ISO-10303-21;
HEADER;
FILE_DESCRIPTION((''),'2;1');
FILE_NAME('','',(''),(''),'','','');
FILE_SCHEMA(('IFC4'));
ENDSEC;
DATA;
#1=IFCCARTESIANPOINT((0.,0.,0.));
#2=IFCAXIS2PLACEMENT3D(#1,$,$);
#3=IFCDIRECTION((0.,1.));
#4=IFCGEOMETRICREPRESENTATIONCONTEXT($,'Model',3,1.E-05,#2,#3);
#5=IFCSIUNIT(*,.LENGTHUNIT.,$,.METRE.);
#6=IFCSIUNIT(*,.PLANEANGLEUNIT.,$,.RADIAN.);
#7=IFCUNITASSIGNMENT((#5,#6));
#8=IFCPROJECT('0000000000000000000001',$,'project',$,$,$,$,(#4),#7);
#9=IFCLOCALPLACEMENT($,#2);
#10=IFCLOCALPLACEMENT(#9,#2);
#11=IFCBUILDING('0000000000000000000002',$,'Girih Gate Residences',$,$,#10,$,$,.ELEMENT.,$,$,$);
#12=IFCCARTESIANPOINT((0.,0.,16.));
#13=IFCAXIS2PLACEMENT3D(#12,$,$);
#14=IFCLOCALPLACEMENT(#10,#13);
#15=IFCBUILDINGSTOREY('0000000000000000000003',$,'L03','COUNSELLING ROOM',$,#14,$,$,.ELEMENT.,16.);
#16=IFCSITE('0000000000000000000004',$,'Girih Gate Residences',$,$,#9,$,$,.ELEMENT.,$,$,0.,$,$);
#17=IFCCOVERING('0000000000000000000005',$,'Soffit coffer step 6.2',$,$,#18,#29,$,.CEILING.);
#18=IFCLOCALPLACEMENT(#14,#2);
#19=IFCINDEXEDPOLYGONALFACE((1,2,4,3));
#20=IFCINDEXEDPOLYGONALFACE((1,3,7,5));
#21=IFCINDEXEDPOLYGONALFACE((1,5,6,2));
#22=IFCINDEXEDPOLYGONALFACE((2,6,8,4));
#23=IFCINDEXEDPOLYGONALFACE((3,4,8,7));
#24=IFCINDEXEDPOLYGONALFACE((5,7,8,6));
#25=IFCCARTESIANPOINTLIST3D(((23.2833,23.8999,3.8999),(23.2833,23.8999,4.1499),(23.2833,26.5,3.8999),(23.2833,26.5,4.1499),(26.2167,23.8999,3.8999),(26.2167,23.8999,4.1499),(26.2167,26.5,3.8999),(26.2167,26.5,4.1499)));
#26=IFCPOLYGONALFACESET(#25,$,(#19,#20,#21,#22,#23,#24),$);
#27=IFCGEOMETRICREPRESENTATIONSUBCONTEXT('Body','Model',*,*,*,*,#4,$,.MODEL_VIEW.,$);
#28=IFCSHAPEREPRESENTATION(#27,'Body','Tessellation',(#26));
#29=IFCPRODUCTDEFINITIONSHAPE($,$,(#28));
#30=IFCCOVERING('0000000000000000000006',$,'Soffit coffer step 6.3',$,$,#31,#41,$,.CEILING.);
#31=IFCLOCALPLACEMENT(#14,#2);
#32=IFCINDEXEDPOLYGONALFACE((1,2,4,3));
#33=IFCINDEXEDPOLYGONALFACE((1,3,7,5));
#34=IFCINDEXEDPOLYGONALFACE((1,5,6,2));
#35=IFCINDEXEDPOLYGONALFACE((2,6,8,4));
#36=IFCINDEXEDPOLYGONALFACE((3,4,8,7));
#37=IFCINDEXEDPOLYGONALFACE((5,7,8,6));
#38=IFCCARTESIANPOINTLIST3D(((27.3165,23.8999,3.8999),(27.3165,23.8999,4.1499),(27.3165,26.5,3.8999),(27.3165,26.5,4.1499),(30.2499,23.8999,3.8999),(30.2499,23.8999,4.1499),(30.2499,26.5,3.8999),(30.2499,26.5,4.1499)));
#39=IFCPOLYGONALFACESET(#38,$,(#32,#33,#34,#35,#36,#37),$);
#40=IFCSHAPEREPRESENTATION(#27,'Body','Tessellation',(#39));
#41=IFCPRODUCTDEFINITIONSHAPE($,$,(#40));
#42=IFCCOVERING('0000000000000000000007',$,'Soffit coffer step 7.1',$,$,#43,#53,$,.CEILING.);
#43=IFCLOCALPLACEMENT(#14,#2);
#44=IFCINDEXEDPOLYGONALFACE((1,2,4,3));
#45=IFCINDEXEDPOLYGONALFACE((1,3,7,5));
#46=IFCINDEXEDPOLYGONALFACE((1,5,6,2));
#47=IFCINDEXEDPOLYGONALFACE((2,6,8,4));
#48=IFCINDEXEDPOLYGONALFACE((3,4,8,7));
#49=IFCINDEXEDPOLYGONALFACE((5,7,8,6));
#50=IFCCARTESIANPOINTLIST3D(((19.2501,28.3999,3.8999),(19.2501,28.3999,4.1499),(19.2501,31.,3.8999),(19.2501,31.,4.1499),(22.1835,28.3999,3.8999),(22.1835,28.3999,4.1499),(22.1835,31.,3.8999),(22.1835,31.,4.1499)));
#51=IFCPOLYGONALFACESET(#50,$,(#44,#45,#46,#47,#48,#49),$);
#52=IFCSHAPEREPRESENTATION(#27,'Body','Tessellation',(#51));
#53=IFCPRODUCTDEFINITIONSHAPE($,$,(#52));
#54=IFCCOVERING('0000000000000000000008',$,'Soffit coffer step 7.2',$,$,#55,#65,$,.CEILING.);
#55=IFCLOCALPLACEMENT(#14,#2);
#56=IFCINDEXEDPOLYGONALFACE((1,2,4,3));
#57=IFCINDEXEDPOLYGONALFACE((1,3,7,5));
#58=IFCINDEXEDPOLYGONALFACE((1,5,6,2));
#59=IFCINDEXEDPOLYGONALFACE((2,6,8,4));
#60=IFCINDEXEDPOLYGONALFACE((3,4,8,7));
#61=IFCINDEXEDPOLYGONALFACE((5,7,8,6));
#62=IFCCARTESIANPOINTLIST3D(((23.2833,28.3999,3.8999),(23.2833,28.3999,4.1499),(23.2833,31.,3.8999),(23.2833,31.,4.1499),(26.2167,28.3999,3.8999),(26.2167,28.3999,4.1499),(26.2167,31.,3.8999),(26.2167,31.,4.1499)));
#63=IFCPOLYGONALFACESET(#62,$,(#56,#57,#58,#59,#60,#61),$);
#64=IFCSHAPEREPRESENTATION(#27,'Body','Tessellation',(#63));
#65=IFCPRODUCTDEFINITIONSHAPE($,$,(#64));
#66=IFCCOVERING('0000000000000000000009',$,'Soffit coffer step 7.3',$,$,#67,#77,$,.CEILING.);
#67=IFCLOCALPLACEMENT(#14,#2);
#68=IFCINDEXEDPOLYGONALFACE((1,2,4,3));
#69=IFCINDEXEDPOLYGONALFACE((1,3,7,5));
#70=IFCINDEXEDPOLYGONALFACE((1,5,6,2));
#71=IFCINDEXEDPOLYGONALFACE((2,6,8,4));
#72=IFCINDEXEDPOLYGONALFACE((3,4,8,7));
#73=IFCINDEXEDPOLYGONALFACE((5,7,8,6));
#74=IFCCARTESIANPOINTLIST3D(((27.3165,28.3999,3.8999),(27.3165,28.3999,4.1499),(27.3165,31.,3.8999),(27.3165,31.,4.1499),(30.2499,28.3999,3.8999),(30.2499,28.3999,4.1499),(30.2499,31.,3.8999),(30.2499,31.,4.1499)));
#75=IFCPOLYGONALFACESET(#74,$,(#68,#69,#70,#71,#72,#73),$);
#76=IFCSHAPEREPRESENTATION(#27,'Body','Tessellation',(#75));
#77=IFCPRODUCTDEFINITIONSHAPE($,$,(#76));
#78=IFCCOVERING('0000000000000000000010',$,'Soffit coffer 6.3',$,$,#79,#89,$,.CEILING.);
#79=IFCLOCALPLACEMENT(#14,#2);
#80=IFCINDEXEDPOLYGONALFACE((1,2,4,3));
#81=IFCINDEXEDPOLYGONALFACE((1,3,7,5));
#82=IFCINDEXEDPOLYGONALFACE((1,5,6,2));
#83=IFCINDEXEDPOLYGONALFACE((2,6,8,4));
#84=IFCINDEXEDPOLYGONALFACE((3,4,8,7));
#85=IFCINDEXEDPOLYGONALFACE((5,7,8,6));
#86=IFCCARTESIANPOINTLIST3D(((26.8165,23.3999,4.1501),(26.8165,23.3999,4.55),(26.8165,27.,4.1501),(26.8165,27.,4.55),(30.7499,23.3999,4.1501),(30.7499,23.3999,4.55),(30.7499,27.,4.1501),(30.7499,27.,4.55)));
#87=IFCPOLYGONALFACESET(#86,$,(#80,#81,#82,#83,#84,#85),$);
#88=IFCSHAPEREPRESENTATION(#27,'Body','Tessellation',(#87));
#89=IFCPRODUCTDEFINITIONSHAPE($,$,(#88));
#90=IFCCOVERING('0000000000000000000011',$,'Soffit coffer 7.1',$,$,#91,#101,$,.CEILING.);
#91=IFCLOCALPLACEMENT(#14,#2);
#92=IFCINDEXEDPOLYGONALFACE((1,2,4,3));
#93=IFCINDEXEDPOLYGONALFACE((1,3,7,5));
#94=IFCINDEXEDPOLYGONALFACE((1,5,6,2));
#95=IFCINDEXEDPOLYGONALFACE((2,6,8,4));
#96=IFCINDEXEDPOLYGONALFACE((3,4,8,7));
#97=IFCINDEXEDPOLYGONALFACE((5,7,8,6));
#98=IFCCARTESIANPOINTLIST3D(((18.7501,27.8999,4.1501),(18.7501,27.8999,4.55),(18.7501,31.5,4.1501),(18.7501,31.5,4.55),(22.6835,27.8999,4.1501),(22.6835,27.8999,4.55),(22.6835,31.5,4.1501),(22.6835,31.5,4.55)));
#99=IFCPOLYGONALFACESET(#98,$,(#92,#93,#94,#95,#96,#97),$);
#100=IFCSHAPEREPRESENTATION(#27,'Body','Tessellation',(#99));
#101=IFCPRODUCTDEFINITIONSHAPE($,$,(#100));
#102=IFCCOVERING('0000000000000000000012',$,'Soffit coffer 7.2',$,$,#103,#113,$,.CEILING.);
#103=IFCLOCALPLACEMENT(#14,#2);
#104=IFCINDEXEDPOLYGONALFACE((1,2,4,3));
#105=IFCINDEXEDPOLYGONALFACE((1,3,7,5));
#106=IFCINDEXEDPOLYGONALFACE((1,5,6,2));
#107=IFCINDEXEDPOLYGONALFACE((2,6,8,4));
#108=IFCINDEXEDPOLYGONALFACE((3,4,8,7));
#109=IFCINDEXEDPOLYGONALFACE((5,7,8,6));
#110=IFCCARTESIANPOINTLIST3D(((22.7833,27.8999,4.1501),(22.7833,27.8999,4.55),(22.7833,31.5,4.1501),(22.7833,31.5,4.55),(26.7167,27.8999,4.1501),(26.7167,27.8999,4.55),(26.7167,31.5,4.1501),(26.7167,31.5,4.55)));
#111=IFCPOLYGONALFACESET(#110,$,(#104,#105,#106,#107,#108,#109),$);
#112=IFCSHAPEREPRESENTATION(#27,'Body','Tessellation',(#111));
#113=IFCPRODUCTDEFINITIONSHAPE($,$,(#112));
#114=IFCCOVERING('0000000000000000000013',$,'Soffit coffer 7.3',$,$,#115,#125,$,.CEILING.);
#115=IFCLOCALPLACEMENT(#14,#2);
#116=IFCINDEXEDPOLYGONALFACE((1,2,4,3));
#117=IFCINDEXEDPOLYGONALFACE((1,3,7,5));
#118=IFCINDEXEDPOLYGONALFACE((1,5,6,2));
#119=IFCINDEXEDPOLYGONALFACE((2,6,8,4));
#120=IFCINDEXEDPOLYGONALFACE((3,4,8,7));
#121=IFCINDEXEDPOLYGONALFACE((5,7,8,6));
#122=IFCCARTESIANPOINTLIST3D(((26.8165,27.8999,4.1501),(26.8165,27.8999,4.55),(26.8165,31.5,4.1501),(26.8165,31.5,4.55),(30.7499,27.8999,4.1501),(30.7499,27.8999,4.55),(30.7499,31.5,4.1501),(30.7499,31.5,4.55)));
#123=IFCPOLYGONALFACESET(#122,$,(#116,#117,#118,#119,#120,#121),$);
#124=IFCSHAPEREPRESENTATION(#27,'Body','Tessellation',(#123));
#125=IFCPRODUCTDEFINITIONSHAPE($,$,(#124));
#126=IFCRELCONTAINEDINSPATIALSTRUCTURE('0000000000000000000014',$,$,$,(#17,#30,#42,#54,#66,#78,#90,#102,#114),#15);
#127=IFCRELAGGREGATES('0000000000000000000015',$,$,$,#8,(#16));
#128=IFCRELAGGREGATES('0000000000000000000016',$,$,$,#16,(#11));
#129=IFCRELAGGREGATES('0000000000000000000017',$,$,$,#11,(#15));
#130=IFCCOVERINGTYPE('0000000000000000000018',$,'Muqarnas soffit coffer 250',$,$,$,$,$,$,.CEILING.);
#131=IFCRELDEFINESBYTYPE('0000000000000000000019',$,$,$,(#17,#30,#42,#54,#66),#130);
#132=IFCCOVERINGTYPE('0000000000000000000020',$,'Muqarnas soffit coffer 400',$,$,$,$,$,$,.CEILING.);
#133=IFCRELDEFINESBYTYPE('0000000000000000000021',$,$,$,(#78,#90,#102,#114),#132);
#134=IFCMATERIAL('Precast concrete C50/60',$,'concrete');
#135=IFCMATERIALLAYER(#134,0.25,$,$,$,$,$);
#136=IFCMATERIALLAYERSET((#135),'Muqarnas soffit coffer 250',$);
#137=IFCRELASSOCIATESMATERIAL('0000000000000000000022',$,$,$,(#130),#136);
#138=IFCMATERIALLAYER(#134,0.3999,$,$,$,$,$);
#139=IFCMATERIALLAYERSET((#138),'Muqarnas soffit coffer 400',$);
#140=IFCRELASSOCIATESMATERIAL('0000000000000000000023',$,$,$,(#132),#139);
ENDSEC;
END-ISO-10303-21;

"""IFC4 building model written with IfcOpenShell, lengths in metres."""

from ifc_helpers import new_model, si_unit, direction, frame, origin, origin_2d, place, context, subcontext, project, spatial, rectangle, extrude, material, layer, layer_set, type_object, element, save


model = new_model("IFC4")

# Units and contexts
model_context = context("Model", 3, precision=1e-05, world=origin(), true_north=direction((0.0, 1.0)))
body_context = subcontext(model_context, "Body", "Model", "MODEL_VIEW")
ifc_project = project(units=[si_unit("LENGTHUNIT", "METRE"), si_unit("PLANEANGLEUNIT", "RADIAN")], contexts=[model_context])

# Site, building, storey
site_placement = place(None, origin())
site = spatial("IfcSite", under=ifc_project, at=site_placement, Name="Girih Gate Residences", CompositionType="ELEMENT", RefElevation=0.0)
building_placement = place(site_placement, origin())
building = spatial("IfcBuilding", under=site, at=building_placement, Name="Girih Gate Residences", CompositionType="ELEMENT")
storey_placement = place(building_placement, frame((0.0, 0.0, 16.0)))
storey = spatial("IfcBuildingStorey", under=building, at=storey_placement, Name="L03", Description="COUNSELLING ROOM", CompositionType="ELEMENT", Elevation=16.0)

# Coverings
ifc_material_1 = material(Name="Precast concrete C50/60", Category="concrete")
ifc_layer_1 = layer(ifc_material_1, 0.25)
ifc_layer_set_1 = layer_set([ifc_layer_1], Name="Muqarnas soffit coffer 250")
covering_type_1 = type_object("IfcCoveringType", Name="Muqarnas soffit coffer 250", PredefinedType="CEILING", material=ifc_layer_set_1)
for number, where, z_axis, x_axis, name in (
    (1, (24.75, 25.2, 3.8999), (0.0, 0.0, 1.0), (1.0, 0.0, 0.0), "Soffit coffer step 6.2"),
    (2, (28.7832, 25.2, 3.8999), (0.0, 0.0, 1.0), (1.0, 0.0, 0.0), "Soffit coffer step 6.3"),
    (3, (20.7168, 29.7, 3.8999), (0.0, 0.0, 1.0), (1.0, 0.0, 0.0), "Soffit coffer step 7.1"),
    (4, (24.75, 29.7, 3.8999), (0.0, 0.0, 1.0), (1.0, 0.0, 0.0), "Soffit coffer step 7.2"),
    (5, (28.7832, 29.7, 3.8999), (0.0, 0.0, 1.0), (1.0, 0.0, 0.0), "Soffit coffer step 7.3"),
):
    element("IfcCovering", number, at=place(storey_placement, frame(where, z_axis=z_axis, x_axis=x_axis)), inside=storey, type_object=covering_type_1, Name=name, PredefinedType="CEILING", context=body_context, shape_type="SweptSolid", body=[
        extrude(rectangle(XDim=2.9333, YDim=2.6001, at=origin_2d()), origin(), (0.0, 0.0, 1.0), 0.25),
    ])
ifc_layer_2 = layer(ifc_material_1, 0.3999)
ifc_layer_set_2 = layer_set([ifc_layer_2], Name="Muqarnas soffit coffer 400")
covering_type_2 = type_object("IfcCoveringType", Name="Muqarnas soffit coffer 400", PredefinedType="CEILING", material=ifc_layer_set_2)
for number, where, z_axis, x_axis, name in (
    (6, (28.7832, 25.2, 4.1501), (0.0, 0.0, 1.0), (1.0, 0.0, 0.0), "Soffit coffer 6.3"),
    (7, (20.7168, 29.7, 4.1501), (0.0, 0.0, 1.0), (1.0, 0.0, 0.0), "Soffit coffer 7.1"),
    (8, (24.75, 29.7, 4.1501), (0.0, 0.0, 1.0), (1.0, 0.0, 0.0), "Soffit coffer 7.2"),
    (9, (28.7832, 29.7, 4.1501), (0.0, 0.0, 1.0), (1.0, 0.0, 0.0), "Soffit coffer 7.3"),
):
    element("IfcCovering", number, at=place(storey_placement, frame(where, z_axis=z_axis, x_axis=x_axis)), inside=storey, type_object=covering_type_2, Name=name, PredefinedType="CEILING", context=body_context, shape_type="SweptSolid", body=[
        extrude(rectangle(XDim=3.9333, YDim=3.6001, at=origin_2d()), origin(), (0.0, 0.0, 1.0), 0.3999),
    ])

save(model, "model.ifc")
